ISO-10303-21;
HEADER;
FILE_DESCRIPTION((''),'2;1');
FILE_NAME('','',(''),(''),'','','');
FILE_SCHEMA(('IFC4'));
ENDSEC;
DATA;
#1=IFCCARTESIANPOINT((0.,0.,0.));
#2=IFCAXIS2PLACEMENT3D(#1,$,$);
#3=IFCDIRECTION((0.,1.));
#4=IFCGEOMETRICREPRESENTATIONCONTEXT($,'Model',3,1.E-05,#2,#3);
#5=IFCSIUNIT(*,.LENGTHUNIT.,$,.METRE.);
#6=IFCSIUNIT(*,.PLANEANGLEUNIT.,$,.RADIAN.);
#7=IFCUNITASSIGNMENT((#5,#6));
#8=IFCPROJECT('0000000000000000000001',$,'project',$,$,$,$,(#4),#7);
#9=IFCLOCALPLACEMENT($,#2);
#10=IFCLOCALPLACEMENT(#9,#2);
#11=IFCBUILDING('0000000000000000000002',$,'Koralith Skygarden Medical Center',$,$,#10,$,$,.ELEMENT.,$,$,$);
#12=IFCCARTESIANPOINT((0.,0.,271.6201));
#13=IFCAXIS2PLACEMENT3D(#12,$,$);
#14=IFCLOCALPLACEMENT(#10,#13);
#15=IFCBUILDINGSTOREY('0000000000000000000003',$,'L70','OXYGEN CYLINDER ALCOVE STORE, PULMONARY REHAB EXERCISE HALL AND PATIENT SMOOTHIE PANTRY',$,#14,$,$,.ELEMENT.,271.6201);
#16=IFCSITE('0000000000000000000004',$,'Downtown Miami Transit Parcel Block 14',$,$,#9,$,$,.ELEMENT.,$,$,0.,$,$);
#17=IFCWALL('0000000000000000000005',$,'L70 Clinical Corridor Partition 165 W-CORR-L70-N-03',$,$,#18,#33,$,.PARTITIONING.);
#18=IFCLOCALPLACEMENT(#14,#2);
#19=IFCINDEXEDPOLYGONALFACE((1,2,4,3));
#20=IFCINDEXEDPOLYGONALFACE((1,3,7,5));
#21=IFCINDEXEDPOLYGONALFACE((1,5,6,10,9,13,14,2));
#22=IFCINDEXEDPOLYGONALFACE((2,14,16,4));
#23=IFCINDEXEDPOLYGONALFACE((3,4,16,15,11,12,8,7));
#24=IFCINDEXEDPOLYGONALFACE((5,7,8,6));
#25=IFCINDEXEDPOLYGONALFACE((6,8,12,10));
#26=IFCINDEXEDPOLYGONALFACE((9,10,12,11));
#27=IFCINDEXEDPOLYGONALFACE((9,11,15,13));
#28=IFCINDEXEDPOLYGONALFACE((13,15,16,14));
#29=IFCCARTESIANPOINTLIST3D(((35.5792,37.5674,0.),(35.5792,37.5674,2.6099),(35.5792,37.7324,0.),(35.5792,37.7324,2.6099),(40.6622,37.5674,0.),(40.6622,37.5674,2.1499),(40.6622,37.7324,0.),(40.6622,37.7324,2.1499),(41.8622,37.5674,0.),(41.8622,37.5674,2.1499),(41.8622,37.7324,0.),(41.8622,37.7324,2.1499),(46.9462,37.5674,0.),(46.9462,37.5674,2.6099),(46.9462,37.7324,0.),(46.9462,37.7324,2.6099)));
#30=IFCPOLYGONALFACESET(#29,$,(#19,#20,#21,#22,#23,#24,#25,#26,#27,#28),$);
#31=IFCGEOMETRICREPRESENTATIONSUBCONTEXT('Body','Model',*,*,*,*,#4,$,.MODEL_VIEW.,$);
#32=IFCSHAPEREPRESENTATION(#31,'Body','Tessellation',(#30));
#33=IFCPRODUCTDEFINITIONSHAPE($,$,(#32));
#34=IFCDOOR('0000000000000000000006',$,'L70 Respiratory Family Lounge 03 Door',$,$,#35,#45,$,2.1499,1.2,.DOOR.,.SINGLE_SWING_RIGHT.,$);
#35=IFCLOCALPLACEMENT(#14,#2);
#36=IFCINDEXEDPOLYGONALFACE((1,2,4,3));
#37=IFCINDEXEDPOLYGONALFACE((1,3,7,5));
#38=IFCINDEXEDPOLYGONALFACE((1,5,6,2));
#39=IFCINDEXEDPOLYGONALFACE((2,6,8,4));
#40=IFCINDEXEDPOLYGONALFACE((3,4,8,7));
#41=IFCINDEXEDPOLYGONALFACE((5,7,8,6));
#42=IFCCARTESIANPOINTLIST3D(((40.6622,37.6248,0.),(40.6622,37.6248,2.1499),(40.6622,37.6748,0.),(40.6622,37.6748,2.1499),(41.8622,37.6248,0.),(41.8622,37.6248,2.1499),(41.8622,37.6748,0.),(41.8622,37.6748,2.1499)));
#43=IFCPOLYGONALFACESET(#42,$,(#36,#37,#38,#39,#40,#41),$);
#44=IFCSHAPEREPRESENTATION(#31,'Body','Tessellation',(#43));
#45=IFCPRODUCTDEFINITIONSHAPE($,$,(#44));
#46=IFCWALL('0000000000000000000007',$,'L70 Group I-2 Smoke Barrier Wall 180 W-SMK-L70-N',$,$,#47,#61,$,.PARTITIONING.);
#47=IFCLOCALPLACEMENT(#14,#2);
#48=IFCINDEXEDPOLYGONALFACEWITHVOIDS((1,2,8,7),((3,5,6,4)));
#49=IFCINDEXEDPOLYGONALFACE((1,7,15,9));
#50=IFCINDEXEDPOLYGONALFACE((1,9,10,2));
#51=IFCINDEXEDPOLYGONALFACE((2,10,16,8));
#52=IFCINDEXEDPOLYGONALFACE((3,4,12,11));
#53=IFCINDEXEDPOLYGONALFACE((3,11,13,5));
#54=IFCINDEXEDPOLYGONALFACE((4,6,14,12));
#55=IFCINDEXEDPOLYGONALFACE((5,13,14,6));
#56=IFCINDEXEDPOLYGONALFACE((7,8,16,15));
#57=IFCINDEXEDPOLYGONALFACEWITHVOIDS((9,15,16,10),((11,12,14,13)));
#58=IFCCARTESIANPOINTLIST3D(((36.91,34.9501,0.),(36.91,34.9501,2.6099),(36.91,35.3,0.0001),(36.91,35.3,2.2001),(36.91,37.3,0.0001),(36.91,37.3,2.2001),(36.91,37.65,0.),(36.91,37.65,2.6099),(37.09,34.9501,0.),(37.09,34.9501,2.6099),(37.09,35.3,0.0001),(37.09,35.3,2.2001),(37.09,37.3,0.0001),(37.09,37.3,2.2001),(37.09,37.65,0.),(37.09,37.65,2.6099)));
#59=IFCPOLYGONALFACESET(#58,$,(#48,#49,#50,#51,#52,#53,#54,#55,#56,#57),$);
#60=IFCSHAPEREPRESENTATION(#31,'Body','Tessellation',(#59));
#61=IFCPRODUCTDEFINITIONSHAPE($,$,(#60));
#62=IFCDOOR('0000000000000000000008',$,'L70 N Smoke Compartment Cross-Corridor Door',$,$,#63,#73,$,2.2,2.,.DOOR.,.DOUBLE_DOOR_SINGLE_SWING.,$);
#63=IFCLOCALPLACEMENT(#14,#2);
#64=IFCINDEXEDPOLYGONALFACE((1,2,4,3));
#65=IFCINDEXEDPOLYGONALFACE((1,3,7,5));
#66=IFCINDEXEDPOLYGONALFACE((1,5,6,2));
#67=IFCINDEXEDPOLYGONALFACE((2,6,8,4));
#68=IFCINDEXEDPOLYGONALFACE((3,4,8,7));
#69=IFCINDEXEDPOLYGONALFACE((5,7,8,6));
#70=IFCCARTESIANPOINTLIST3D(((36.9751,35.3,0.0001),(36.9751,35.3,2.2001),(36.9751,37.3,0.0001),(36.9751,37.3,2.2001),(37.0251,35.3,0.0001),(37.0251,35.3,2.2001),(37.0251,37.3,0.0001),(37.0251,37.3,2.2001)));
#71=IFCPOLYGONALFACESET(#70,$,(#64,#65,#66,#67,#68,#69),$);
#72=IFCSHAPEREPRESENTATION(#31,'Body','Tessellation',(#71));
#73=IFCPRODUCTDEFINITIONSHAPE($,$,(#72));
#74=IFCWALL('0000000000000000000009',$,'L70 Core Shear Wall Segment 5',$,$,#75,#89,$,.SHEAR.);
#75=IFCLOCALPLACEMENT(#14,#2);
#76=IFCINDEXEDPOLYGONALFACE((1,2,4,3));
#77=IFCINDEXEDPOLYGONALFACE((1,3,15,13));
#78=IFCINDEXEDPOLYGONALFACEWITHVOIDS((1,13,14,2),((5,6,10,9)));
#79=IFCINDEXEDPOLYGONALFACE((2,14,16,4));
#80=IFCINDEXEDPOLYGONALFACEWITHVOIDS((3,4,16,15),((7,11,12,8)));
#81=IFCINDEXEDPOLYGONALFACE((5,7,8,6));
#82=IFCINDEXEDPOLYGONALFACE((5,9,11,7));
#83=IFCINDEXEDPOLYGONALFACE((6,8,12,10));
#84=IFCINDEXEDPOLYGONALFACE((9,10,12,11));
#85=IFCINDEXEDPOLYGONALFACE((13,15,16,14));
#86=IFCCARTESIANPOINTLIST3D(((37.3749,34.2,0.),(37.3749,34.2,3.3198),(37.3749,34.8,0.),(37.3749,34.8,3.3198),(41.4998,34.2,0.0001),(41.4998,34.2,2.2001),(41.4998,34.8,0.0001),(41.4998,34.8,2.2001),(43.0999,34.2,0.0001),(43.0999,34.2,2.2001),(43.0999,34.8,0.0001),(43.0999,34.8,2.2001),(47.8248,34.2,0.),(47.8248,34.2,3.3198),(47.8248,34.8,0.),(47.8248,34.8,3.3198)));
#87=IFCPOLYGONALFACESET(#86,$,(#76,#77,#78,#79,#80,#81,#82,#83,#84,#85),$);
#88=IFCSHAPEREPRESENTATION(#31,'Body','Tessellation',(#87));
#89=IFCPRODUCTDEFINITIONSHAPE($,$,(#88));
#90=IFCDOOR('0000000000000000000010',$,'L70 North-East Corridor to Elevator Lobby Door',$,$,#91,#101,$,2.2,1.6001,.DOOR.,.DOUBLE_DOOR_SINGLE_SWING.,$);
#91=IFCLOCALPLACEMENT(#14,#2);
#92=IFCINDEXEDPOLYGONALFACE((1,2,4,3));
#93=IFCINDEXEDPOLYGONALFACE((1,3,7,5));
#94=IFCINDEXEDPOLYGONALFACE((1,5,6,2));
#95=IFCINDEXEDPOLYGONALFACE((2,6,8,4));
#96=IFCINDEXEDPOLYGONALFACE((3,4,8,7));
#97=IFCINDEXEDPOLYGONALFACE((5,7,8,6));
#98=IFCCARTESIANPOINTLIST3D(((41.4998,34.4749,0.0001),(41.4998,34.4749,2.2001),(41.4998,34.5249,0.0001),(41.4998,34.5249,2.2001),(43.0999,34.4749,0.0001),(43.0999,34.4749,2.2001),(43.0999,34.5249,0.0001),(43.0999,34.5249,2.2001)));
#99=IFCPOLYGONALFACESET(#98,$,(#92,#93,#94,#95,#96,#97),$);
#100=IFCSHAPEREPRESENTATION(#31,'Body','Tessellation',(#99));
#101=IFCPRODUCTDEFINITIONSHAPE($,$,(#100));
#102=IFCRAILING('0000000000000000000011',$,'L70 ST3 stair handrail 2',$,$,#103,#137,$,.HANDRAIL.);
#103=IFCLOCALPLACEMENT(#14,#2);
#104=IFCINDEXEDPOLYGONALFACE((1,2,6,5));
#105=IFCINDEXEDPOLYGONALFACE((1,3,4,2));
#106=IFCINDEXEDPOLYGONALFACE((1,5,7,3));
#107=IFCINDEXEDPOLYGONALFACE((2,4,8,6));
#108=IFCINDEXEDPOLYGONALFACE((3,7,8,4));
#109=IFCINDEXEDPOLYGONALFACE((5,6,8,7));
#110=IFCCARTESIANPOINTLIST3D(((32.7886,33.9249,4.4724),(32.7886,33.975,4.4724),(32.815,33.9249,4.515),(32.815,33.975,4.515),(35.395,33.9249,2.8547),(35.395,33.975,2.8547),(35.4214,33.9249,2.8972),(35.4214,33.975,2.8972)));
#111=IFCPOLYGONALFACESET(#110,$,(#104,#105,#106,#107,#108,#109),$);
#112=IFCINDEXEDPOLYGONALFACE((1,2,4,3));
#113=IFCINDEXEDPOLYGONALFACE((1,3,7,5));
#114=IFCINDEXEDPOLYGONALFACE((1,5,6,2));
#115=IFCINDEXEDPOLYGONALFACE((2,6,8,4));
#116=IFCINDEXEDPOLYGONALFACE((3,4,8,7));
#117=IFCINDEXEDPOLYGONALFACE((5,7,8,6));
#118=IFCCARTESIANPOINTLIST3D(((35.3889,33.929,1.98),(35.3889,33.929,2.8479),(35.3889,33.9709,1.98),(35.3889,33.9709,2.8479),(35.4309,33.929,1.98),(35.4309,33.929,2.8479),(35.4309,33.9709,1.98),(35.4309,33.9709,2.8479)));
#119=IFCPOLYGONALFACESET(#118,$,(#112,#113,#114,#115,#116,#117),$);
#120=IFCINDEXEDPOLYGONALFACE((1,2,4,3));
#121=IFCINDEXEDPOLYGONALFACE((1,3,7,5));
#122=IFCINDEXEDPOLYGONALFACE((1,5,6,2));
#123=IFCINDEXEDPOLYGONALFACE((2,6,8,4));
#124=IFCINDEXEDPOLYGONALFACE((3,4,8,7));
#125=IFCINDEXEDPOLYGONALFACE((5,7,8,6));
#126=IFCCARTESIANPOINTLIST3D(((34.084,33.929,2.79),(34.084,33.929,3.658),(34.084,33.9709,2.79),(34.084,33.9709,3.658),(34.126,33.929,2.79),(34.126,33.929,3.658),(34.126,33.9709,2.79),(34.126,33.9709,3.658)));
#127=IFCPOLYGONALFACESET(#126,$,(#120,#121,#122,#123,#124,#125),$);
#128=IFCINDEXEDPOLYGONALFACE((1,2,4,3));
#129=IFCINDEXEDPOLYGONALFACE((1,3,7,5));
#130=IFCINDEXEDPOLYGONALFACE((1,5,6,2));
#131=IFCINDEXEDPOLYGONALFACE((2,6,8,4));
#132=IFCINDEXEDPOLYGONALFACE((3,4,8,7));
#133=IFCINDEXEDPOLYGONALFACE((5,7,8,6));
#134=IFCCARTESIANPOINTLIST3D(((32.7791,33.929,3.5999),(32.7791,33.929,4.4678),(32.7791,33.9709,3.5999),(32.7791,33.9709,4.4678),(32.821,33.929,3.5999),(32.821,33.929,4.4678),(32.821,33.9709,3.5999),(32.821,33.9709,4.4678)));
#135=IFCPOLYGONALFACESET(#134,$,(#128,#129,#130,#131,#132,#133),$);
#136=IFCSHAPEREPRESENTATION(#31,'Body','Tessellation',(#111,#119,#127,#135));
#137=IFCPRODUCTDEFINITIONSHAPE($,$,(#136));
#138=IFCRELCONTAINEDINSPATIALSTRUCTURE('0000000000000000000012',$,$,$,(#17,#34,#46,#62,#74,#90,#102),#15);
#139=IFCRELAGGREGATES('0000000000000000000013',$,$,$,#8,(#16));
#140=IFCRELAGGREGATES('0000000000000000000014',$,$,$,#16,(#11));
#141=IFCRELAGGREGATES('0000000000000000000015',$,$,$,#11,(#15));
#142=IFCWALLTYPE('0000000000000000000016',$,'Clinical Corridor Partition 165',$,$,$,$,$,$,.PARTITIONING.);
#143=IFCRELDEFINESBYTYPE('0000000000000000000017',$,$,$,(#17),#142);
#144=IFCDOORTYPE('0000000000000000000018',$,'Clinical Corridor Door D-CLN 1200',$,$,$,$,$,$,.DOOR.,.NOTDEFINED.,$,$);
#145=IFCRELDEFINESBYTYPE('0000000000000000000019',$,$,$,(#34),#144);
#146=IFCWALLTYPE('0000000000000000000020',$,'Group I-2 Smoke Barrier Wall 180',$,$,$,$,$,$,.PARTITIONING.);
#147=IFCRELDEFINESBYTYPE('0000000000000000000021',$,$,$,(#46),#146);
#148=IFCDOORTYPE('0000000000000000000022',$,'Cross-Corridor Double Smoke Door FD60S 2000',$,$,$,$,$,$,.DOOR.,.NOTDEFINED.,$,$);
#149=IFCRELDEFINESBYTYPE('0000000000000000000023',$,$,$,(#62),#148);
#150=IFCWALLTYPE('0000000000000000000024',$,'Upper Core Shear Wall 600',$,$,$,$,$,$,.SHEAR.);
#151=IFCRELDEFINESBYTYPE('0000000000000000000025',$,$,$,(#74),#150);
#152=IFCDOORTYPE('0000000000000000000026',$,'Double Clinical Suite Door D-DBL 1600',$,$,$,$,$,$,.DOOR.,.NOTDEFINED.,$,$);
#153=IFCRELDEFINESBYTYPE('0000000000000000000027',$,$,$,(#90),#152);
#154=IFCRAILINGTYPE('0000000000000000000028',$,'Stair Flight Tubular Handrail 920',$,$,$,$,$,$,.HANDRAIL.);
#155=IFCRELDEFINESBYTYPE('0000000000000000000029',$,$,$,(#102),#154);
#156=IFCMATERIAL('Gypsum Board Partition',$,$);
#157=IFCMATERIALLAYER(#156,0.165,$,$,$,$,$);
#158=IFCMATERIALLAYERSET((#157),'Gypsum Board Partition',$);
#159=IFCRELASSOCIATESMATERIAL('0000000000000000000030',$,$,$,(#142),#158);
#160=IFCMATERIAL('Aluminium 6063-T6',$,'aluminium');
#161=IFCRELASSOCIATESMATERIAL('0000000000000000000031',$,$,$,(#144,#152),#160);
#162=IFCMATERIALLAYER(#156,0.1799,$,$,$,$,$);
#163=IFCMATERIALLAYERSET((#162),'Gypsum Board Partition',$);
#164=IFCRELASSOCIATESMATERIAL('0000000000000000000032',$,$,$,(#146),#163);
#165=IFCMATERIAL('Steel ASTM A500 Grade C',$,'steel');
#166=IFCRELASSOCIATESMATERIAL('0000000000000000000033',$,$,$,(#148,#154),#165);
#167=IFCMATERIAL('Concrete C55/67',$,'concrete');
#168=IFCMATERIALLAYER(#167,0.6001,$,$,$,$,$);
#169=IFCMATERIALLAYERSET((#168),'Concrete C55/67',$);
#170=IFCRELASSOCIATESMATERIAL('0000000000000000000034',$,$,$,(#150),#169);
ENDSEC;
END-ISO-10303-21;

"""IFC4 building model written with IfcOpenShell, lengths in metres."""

from ifc_helpers import new_model, si_unit, direction, frame, frame_2d, origin, origin_2d, place, context, subcontext, project, spatial, rectangle, extrude, material, layer, layer_set, type_object, element, fill, save


model = new_model("IFC4")

# Units and contexts
model_context = context("Model", 3, precision=1e-05, world=origin(), true_north=direction((0.0, 1.0)))
body_context = subcontext(model_context, "Body", "Model", "MODEL_VIEW")
ifc_project = project(units=[si_unit("LENGTHUNIT", "METRE"), si_unit("PLANEANGLEUNIT", "RADIAN")], contexts=[model_context])

# Site, building, storey
site_placement = place(None, origin())
site = spatial("IfcSite", under=ifc_project, at=site_placement, Name="Downtown Miami Transit Parcel Block 14", CompositionType="ELEMENT", RefElevation=0.0)
building_placement = place(site_placement, origin())
building = spatial("IfcBuilding", under=site, at=building_placement, Name="Koralith Skygarden Medical Center", CompositionType="ELEMENT")
storey_placement = place(building_placement, frame((0.0, 0.0, 271.6201)))
storey = spatial("IfcBuildingStorey", under=building, at=storey_placement, Name="L70", Description="OXYGEN CYLINDER ALCOVE STORE, PULMONARY REHAB EXERCISE HALL AND PATIENT SMOOTHIE PANTRY", CompositionType="ELEMENT", Elevation=271.6201)

# Shared definitions
ifc_material_1 = material(Name="Concrete C55/67", Category="concrete")

# Shared definitions
ifc_material_2 = material(Name="Aluminium 6063-T6", Category="aluminium")

# Shared definitions
ifc_material_3 = material(Name="Gypsum Board Partition")

# Walls, openings, doors
ifc_layer_1 = layer(ifc_material_3, 0.165)
ifc_layer_set_1 = layer_set([ifc_layer_1], Name="Gypsum Board Partition")
wall_type_1 = type_object("IfcWallType", Name="Clinical Corridor Partition 165", PredefinedType="PARTITIONING", material=ifc_layer_set_1)
wall_1_placement = place(storey_placement, frame((35.5791, 37.6499, 0.0), z_axis=(0.0, 0.0, 1.0), x_axis=(1.0, 0.0, 0.0)))
wall_1 = element("IfcWall", 1, at=wall_1_placement, inside=storey, type_object=wall_type_1, Name="L70 Clinical Corridor Partition 165 W-CORR-L70-N-03", PredefinedType="PARTITIONING", context=body_context, shape_type="SweptSolid", body=[
    extrude(rectangle(XDim=11.3669, YDim=0.165, at=frame_2d((5.6836, 0.0))), origin(), (0.0, 0.0, 1.0), 2.6099),
])
opening_1_placement = place(wall_1_placement, frame((5.083, 0.0, 0.0)))
opening_1 = element("IfcOpeningElement", 2, at=opening_1_placement, cuts=wall_1, PredefinedType="OPENING", context=body_context, shape_type="SweptSolid", body=[
    extrude(rectangle(XDim=1.2, YDim=2.1499, at=frame_2d((0.6001, 1.075))), frame((0.0, 0.0925, 0.0), z_axis=(0.0, -1.0, 0.0), x_axis=(1.0, 0.0, 0.0)), (0.0, 0.0, 1.0), 0.1851),
])
door_type_1 = type_object("IfcDoorType", Name="Clinical Corridor Door D-CLN 1200", OperationType="NOTDEFINED", PredefinedType="DOOR", material=ifc_material_2)
door_1_placement = place(opening_1_placement, origin())
door_1 = element("IfcDoor", 3, at=door_1_placement, inside=storey, type_object=door_type_1, Name="L70 Respiratory Family Lounge 03 Door", OperationType="SINGLE_SWING_RIGHT", OverallHeight=2.1499, OverallWidth=1.2, PredefinedType="DOOR", context=body_context, shape_type="SweptSolid", body=[
    extrude(rectangle(XDim=1.2, YDim=2.1499, at=frame_2d((0.6001, 1.075))), frame((0.0, 0.0249, 0.0), z_axis=(0.0, -1.0, 0.0), x_axis=(1.0, 0.0, 0.0)), (0.0, 0.0, 1.0), 0.05),
])
fill(opening_1, door_1)
ifc_layer_2 = layer(ifc_material_3, 0.1799)
ifc_layer_set_2 = layer_set([ifc_layer_2], Name="Gypsum Board Partition")
wall_type_2 = type_object("IfcWallType", Name="Group I-2 Smoke Barrier Wall 180", PredefinedType="PARTITIONING", material=ifc_layer_set_2)
wall_2_placement = place(storey_placement, frame((37.0, 34.95, 0.0), z_axis=(0.0, 0.0, 1.0), x_axis=(0.0, 1.0, 0.0)))
wall_2 = element("IfcWall", 4, at=wall_2_placement, inside=storey, type_object=wall_type_2, Name="L70 Group I-2 Smoke Barrier Wall 180 W-SMK-L70-N", PredefinedType="PARTITIONING", context=body_context, shape_type="SweptSolid", body=[
    extrude(rectangle(XDim=2.7, YDim=0.1799, at=frame_2d((1.3501, 0.0))), origin(), (0.0, 0.0, 1.0), 2.6099),
])
opening_2_placement = place(wall_2_placement, frame((0.3501, 0.0, 0.0)))
opening_2 = element("IfcOpeningElement", 5, at=opening_2_placement, cuts=wall_2, PredefinedType="OPENING", context=body_context, shape_type="SweptSolid", body=[
    extrude(rectangle(XDim=2.0, YDim=2.2, at=frame_2d((1.0, 1.1001))), frame((0.0, 0.0999, 0.0), z_axis=(0.0, -1.0, 0.0), x_axis=(1.0, 0.0, 0.0)), (0.0, 0.0, 1.0), 0.2),
])
ifc_material_4 = material(Name="Steel ASTM A500 Grade C", Category="steel")
door_type_2 = type_object("IfcDoorType", Name="Cross-Corridor Double Smoke Door FD60S 2000", OperationType="NOTDEFINED", PredefinedType="DOOR", material=ifc_material_4)
door_2_placement = place(opening_2_placement, origin())
door_2 = element("IfcDoor", 6, at=door_2_placement, inside=storey, type_object=door_type_2, Name="L70 N Smoke Compartment Cross-Corridor Door", OperationType="DOUBLE_DOOR_SINGLE_SWING", OverallHeight=2.2, OverallWidth=2.0, PredefinedType="DOOR", context=body_context, shape_type="SweptSolid", body=[
    extrude(rectangle(XDim=2.0, YDim=2.2, at=frame_2d((1.0, 1.1001))), frame((0.0, 0.0249, 0.0), z_axis=(0.0, -1.0, 0.0), x_axis=(1.0, 0.0, 0.0)), (0.0, 0.0, 1.0), 0.05),
])
fill(opening_2, door_2)
ifc_layer_3 = layer(ifc_material_1, 0.6001)
ifc_layer_set_3 = layer_set([ifc_layer_3], Name="Concrete C55/67")
wall_type_3 = type_object("IfcWallType", Name="Upper Core Shear Wall 600", PredefinedType="SHEAR", material=ifc_layer_set_3)
wall_3_placement = place(storey_placement, frame((47.825, 34.5, 0.0), z_axis=(0.0, 0.0, 1.0), x_axis=(-1.0, 0.0, 0.0)))
wall_3 = element("IfcWall", 7, at=wall_3_placement, inside=storey, type_object=wall_type_3, Name="L70 Core Shear Wall Segment 5", PredefinedType="SHEAR", context=body_context, shape_type="SweptSolid", body=[
    extrude(rectangle(XDim=10.45, YDim=0.6001, at=frame_2d((5.2251, 0.0))), origin(), (0.0, 0.0, 1.0), 3.3198),
])
opening_3_placement = place(wall_3_placement, frame((4.7251, 0.0, 0.0)))
opening_3 = element("IfcOpeningElement", 8, at=opening_3_placement, cuts=wall_3, PredefinedType="OPENING", context=body_context, shape_type="SweptSolid", body=[
    extrude(rectangle(XDim=1.6001, YDim=2.2, at=frame_2d((0.8, 1.1001))), frame((0.0, 0.3101, 0.0), z_axis=(0.0, -1.0, 0.0), x_axis=(1.0, 0.0, 0.0)), (0.0, 0.0, 1.0), 0.6201),
])
door_type_3 = type_object("IfcDoorType", Name="Double Clinical Suite Door D-DBL 1600", OperationType="NOTDEFINED", PredefinedType="DOOR", material=ifc_material_2)
door_3_placement = place(opening_3_placement, frame((1.6001, 0.0, 0.0), z_axis=(0.0, 0.0, 1.0), x_axis=(-1.0, 0.0, 0.0)))
door_3 = element("IfcDoor", 9, at=door_3_placement, inside=storey, type_object=door_type_3, Name="L70 North-East Corridor to Elevator Lobby Door", OperationType="DOUBLE_DOOR_SINGLE_SWING", OverallHeight=2.2, OverallWidth=1.6001, PredefinedType="DOOR", context=body_context, shape_type="SweptSolid", body=[
    extrude(rectangle(XDim=1.6001, YDim=2.2, at=frame_2d((0.8, 1.1001))), frame((0.0, 0.0249, 0.0), z_axis=(0.0, -1.0, 0.0), x_axis=(1.0, 0.0, 0.0)), (0.0, 0.0, 1.0), 0.05),
])
fill(opening_3, door_3)

# Railing
railing_type = type_object("IfcRailingType", Name="Stair Flight Tubular Handrail 920", PredefinedType="HANDRAIL", material=ifc_material_4)
railing_placement = place(storey_placement, frame((35.4099, 33.95, 1.98)))
element("IfcRailing", 10, at=railing_placement, inside=storey, type_object=railing_type, Name="L70 ST3 stair handrail 2", PredefinedType="HANDRAIL", context=body_context, shape_type="SweptSolid", body=[
    extrude(rectangle(XDim=0.05, YDim=0.05, at=origin_2d()), frame((-0.0017, 0.0, 0.896), z_axis=(-0.849646, 0.0, 0.527353), x_axis=(0.0, -1.0, 0.0)), (0.0, 0.0, 1.0), 3.0676),
    extrude(rectangle(XDim=0.042, YDim=0.042, at=origin_2d()), origin(), (0.0, 0.0, 1.0), 0.8679),
    extrude(rectangle(XDim=0.042, YDim=0.042, at=origin_2d()), frame((-1.3049, 0.0, 0.8101)), (0.0, 0.0, 1.0), 0.8679),
    extrude(rectangle(XDim=0.042, YDim=0.042, at=origin_2d()), frame((-2.6099, 0.0, 1.6199)), (0.0, 0.0, 1.0), 0.8679),
])

save(model, "model.ifc")
